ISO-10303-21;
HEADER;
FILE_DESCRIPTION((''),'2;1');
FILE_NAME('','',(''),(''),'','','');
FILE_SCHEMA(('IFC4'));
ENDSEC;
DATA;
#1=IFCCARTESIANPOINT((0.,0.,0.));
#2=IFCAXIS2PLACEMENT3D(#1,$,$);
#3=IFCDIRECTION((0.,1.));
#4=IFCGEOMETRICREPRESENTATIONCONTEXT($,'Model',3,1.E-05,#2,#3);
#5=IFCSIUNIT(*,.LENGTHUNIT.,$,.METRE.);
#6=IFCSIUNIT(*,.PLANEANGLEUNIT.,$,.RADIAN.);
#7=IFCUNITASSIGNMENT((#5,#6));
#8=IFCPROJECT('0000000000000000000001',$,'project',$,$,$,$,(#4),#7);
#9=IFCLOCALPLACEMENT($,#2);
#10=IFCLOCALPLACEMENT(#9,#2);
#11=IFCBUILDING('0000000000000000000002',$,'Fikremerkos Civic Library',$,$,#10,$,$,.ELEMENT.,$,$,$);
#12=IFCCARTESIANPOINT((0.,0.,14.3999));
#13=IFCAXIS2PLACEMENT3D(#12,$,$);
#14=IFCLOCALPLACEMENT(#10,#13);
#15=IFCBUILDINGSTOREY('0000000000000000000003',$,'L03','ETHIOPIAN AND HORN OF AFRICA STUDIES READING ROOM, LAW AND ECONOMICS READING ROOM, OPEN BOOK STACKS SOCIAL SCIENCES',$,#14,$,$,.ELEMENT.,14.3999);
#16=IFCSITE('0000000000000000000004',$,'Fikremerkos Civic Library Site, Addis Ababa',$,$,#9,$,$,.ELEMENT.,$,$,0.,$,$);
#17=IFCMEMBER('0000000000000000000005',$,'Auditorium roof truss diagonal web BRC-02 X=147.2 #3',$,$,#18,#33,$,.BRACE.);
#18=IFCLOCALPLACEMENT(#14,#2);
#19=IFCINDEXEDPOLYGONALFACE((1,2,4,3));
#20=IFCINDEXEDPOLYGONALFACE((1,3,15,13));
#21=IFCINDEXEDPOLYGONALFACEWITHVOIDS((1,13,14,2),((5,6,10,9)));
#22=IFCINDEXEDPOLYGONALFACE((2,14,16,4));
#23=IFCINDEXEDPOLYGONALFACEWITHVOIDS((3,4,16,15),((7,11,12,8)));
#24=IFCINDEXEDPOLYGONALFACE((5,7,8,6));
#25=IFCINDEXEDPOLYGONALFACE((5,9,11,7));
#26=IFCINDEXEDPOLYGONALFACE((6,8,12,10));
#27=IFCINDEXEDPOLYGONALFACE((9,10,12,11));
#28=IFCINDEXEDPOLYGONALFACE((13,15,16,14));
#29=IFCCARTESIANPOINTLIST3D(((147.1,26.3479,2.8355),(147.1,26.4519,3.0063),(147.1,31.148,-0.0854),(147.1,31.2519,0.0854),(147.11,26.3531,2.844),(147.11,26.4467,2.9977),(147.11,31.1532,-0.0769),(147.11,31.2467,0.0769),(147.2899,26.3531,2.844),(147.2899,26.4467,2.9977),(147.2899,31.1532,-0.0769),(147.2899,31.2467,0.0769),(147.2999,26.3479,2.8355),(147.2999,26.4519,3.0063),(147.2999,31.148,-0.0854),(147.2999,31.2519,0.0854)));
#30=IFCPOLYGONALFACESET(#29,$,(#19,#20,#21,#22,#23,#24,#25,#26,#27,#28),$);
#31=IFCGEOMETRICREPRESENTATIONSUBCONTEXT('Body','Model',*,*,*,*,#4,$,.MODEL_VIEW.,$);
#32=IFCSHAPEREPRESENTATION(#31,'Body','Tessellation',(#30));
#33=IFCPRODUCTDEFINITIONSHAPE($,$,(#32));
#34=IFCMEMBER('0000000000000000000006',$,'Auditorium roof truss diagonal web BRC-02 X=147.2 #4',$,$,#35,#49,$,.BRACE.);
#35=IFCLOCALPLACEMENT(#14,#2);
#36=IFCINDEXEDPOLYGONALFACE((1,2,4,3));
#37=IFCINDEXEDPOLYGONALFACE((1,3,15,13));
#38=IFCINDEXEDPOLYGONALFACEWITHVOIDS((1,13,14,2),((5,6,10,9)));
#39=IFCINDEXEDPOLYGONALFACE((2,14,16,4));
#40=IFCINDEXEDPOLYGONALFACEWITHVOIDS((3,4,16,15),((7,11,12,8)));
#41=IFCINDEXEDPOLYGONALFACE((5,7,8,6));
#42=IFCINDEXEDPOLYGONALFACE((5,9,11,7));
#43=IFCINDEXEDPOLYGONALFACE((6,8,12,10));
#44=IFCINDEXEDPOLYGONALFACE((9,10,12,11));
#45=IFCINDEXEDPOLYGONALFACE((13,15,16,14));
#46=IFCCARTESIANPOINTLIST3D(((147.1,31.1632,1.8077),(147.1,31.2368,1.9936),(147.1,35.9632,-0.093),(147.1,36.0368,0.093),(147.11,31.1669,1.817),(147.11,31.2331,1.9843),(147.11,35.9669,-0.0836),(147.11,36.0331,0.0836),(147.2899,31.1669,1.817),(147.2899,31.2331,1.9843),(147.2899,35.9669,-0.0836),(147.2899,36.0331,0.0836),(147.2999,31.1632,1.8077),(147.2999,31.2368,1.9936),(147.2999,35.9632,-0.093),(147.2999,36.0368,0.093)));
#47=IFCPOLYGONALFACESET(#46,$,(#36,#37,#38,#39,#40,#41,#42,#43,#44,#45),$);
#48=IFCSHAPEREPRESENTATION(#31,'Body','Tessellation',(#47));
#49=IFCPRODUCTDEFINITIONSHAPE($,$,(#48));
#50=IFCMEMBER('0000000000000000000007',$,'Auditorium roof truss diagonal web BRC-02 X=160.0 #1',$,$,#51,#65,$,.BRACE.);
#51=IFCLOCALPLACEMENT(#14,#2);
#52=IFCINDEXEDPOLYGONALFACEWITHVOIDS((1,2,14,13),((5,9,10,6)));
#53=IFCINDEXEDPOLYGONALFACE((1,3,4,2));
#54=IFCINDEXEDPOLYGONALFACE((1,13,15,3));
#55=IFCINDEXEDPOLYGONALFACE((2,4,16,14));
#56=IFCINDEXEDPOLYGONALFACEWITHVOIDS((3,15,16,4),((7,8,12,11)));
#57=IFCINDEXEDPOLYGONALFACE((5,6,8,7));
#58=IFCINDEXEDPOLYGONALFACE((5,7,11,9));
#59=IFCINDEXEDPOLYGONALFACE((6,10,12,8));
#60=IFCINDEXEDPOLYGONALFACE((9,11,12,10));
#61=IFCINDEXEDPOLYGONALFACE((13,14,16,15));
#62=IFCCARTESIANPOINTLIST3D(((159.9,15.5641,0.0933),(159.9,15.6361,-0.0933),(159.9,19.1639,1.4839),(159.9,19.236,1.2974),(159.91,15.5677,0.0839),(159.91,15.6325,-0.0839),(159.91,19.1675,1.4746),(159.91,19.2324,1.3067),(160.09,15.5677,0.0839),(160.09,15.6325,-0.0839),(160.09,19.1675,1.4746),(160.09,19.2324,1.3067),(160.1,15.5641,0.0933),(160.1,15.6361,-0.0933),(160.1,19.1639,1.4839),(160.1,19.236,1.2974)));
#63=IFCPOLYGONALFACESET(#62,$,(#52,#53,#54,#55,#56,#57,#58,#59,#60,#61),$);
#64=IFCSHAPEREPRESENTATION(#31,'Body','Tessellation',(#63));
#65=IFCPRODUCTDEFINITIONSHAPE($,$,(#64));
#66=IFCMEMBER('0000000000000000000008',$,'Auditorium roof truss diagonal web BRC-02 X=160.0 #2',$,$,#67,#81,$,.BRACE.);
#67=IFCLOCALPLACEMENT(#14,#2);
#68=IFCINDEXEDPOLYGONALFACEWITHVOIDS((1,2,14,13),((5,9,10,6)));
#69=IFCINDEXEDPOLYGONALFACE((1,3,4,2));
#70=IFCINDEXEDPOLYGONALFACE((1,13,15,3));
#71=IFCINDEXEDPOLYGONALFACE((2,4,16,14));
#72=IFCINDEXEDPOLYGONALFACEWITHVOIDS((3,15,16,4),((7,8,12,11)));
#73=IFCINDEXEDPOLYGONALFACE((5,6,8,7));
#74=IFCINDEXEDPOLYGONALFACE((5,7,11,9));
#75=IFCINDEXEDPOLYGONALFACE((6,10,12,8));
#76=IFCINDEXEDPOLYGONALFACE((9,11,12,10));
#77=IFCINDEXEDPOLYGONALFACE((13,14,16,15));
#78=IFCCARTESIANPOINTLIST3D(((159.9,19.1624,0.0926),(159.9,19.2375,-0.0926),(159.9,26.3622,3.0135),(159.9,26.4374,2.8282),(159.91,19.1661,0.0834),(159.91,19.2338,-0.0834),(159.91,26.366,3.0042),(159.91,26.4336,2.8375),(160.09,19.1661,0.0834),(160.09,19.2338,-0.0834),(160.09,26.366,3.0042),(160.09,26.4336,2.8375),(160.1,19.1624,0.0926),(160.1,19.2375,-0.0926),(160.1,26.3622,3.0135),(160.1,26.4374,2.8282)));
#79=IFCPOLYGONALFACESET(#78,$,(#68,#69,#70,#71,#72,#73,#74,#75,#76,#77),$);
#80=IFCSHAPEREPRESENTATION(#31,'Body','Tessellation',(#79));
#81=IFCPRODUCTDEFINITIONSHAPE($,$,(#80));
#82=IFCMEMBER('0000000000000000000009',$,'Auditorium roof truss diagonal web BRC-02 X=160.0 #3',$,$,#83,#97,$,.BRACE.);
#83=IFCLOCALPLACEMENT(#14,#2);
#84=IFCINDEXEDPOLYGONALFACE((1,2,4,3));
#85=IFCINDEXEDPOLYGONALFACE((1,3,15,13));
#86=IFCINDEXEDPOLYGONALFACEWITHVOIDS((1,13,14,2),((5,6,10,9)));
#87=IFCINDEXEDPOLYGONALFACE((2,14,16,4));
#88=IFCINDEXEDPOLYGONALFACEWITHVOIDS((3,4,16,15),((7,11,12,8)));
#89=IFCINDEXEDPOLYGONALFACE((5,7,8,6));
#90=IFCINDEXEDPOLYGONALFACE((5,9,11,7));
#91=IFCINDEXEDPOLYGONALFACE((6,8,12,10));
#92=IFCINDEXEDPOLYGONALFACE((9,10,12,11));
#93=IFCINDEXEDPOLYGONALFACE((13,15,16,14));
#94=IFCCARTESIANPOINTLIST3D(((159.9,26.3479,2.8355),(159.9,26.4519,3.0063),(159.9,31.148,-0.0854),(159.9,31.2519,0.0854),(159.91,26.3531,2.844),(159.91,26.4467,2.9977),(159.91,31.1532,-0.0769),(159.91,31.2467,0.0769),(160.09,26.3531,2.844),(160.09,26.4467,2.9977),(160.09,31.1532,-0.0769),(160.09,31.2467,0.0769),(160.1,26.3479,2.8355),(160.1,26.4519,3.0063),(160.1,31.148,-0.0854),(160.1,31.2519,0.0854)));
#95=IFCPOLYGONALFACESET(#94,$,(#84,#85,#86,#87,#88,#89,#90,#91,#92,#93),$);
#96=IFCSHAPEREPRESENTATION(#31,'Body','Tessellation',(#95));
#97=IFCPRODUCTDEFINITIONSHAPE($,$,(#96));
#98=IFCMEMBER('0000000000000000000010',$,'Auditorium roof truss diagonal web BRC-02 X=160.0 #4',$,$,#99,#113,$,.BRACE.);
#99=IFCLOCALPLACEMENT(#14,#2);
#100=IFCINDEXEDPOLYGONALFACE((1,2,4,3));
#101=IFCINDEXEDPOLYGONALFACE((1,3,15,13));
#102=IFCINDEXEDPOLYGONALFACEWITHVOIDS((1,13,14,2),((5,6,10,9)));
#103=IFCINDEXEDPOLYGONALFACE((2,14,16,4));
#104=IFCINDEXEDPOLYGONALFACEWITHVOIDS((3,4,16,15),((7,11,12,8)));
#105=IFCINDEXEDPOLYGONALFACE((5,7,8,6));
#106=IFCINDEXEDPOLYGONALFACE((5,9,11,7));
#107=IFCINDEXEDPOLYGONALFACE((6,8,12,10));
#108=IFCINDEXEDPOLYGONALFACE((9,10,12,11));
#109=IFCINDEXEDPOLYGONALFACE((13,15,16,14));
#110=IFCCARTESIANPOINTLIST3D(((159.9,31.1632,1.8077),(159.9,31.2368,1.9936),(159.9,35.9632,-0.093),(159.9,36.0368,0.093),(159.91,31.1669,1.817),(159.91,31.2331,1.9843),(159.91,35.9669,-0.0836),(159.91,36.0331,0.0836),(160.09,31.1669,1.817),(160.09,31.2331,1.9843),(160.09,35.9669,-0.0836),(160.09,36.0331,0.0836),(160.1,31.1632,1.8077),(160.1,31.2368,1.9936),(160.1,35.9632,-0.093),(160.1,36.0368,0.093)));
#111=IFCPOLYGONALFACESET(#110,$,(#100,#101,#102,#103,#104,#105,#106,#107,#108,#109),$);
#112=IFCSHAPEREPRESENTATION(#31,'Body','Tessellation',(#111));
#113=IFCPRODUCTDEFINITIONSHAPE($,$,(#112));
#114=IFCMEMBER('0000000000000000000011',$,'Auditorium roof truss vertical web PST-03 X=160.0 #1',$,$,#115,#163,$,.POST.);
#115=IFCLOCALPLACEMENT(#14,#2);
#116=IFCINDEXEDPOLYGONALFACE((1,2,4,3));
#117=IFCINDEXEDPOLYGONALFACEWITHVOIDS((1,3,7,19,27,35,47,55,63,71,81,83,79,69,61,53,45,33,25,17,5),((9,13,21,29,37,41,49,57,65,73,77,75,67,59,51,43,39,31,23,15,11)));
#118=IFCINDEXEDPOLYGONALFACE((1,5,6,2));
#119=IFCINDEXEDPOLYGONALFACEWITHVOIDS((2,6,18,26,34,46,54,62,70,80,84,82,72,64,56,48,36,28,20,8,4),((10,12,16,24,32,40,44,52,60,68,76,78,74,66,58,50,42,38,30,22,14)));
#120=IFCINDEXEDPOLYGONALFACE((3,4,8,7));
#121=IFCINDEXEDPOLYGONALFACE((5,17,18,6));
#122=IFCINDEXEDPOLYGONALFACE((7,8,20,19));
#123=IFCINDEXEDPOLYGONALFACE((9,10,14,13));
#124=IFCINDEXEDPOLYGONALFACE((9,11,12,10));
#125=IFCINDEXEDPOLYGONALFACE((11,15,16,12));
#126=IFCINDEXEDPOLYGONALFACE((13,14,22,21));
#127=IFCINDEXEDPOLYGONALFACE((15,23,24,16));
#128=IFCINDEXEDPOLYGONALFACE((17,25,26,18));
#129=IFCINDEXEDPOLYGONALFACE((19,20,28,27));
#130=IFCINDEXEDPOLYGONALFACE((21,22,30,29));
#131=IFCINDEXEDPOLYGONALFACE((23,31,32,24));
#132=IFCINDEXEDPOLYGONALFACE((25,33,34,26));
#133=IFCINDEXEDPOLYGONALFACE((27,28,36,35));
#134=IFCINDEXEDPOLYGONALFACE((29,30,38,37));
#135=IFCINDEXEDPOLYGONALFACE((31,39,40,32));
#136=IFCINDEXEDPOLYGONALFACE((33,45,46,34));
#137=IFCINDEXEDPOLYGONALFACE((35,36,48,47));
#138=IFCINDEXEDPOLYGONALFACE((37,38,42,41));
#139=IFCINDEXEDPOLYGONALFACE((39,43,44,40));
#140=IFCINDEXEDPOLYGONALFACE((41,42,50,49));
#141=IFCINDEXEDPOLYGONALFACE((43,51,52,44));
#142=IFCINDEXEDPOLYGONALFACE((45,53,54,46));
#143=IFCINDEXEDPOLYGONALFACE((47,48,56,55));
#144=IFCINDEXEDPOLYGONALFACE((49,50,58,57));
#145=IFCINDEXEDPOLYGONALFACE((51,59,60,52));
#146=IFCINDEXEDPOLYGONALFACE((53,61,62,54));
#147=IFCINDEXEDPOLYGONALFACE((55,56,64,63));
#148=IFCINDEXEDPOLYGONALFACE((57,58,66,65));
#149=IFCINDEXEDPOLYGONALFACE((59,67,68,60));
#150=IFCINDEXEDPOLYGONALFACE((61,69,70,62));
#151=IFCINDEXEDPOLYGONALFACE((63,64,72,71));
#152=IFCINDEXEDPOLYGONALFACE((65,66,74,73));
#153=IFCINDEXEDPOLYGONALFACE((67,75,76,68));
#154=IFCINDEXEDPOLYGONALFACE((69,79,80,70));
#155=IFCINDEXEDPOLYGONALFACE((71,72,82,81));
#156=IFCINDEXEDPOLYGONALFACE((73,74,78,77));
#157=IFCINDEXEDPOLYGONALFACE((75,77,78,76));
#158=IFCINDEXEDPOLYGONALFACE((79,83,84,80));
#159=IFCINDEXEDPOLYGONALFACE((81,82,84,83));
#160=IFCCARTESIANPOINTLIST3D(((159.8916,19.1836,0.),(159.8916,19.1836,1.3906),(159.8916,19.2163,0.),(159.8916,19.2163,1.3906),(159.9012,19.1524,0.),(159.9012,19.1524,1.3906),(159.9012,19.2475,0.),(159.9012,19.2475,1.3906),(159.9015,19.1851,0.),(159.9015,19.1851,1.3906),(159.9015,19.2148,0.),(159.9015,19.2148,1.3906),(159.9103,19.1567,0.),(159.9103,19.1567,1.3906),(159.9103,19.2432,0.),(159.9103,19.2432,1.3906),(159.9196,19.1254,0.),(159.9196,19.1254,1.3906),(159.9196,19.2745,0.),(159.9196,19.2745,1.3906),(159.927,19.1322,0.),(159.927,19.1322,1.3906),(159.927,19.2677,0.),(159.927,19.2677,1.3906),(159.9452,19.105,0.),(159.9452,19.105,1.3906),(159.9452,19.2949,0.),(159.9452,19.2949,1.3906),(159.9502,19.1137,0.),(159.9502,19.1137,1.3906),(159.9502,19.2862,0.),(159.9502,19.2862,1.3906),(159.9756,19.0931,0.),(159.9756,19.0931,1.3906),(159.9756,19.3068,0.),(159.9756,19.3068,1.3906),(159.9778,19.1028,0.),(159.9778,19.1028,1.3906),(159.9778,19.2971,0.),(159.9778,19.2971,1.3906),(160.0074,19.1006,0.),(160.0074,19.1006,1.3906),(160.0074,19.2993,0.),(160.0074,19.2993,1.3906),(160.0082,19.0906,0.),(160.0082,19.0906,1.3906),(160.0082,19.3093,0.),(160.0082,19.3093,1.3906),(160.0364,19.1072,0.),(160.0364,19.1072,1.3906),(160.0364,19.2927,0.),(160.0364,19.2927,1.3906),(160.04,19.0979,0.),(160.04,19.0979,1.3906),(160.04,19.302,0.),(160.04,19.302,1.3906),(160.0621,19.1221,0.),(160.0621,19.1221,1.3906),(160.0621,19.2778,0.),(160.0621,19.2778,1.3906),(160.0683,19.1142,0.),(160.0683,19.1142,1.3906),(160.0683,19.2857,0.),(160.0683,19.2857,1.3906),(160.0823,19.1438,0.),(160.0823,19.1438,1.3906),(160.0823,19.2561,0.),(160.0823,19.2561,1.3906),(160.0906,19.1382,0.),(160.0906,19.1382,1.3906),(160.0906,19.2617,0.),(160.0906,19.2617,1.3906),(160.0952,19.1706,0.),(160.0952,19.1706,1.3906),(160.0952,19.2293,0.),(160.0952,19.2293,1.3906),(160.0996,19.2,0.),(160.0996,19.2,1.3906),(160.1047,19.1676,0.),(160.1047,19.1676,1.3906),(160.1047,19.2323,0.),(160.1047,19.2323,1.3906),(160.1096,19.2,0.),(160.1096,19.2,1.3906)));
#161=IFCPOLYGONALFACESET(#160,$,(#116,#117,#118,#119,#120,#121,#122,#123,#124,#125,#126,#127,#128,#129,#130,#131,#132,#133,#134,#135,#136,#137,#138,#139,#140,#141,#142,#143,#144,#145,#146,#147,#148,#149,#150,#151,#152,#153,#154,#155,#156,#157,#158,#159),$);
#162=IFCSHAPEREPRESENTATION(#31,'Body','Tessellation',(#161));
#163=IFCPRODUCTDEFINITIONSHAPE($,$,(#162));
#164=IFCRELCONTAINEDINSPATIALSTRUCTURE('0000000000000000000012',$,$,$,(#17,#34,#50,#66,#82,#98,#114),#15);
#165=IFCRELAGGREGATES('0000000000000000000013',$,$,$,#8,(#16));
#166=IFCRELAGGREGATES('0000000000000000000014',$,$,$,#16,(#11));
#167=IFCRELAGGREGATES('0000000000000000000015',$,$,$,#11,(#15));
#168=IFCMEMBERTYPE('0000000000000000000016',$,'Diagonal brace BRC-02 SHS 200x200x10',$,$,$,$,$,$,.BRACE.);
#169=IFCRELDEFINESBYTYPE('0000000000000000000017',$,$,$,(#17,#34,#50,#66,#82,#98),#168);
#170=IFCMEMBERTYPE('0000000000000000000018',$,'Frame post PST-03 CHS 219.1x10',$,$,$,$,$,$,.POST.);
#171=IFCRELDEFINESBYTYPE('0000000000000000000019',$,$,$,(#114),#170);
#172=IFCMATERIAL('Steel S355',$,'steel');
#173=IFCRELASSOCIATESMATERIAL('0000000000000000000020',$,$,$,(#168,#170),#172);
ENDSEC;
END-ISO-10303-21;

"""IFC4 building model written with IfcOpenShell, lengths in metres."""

from ifc_helpers import new_model, si_unit, direction, frame, origin, origin_2d, place, context, subcontext, project, spatial, hollow_rectangle, hollow_circle, extrude, material, material_profile, profile_set, type_object, element, save


model = new_model("IFC4")

# Units and contexts
model_context = context("Model", 3, precision=1e-05, world=origin(), true_north=direction((0.0, 1.0)))
body_context = subcontext(model_context, "Body", "Model", "MODEL_VIEW")
ifc_project = project(units=[si_unit("LENGTHUNIT", "METRE"), si_unit("PLANEANGLEUNIT", "RADIAN")], contexts=[model_context])

# Site, building, storey
site_placement = place(None, origin())
site = spatial("IfcSite", under=ifc_project, at=site_placement, Name="Fikremerkos Civic Library Site, Addis Ababa", CompositionType="ELEMENT", RefElevation=0.0)
building_placement = place(site_placement, origin())
building = spatial("IfcBuilding", under=site, at=building_placement, Name="Fikremerkos Civic Library", CompositionType="ELEMENT")
storey_placement = place(building_placement, frame((0.0, 0.0, 14.3999)))
storey = spatial("IfcBuildingStorey", under=building, at=storey_placement, Name="L03", Description="ETHIOPIAN AND HORN OF AFRICA STUDIES READING ROOM, LAW AND ECONOMICS READING ROOM, OPEN BOOK STACKS SOCIAL SCIENCES", CompositionType="ELEMENT", Elevation=14.3999)

# Members
ifc_material_1 = material(Name="Steel S355", Category="steel")
ifc_material_profile_1 = material_profile(ifc_material_1, hollow_rectangle(XDim=0.2, YDim=0.2, WallThickness=0.01, at=origin_2d()), Name="SHS 200x200x10")
ifc_profile_set_1 = profile_set([ifc_material_profile_1], Name="Steel S355")
member_type_1 = type_object("IfcMemberType", Name="Diagonal brace BRC-02 SHS 200x200x10", PredefinedType="BRACE", material=ifc_profile_set_1)
member_1_placement = place(storey_placement, frame((147.2, 31.2, 0.0), z_axis=(0.0, -0.854267, 0.519834), x_axis=(1.0, 0.0, 0.0)))
element("IfcMember", 1, at=member_1_placement, inside=storey, type_object=member_type_1, Name="Auditorium roof truss diagonal web BRC-02 X=147.2 #3", PredefinedType="BRACE", context=body_context, shape_type="SweptSolid", body=[
    extrude(hollow_rectangle(XDim=0.2, YDim=0.2, WallThickness=0.01, at=origin_2d()), origin(), (0.0, 0.0, 1.0), 5.6189),
])
member_2_placement = place(storey_placement, frame((147.2, 36.0, 0.0), z_axis=(0.0, -0.929766, 0.368152), x_axis=(1.0, 0.0, 0.0)))
element("IfcMember", 2, at=member_2_placement, inside=storey, type_object=member_type_1, Name="Auditorium roof truss diagonal web BRC-02 X=147.2 #4", PredefinedType="BRACE", context=body_context, shape_type="SweptSolid", body=[
    extrude(hollow_rectangle(XDim=0.2, YDim=0.2, WallThickness=0.01, at=origin_2d()), origin(), (0.0, 0.0, 1.0), 5.1626),
])
member_3_placement = place(storey_placement, frame((160.0, 15.6001, 0.0), z_axis=(0.0, 0.932818, 0.360348), x_axis=(-1.0, 0.0, 0.0)))
element("IfcMember", 3, at=member_3_placement, inside=storey, type_object=member_type_1, Name="Auditorium roof truss diagonal web BRC-02 X=160.0 #1", PredefinedType="BRACE", context=body_context, shape_type="SweptSolid", body=[
    extrude(hollow_rectangle(XDim=0.2, YDim=0.2, WallThickness=0.01, at=origin_2d()), origin(), (0.0, 0.0, 1.0), 3.8591),
])
member_4_placement = place(storey_placement, frame((160.0, 19.2, 0.0), z_axis=(0.0, 0.92665, 0.375926), x_axis=(-1.0, 0.0, 0.0)))
element("IfcMember", 4, at=member_4_placement, inside=storey, type_object=member_type_1, Name="Auditorium roof truss diagonal web BRC-02 X=160.0 #2", PredefinedType="BRACE", context=body_context, shape_type="SweptSolid", body=[
    extrude(hollow_rectangle(XDim=0.2, YDim=0.2, WallThickness=0.01, at=origin_2d()), origin(), (0.0, 0.0, 1.0), 7.7698),
])
member_5_placement = place(storey_placement, frame((160.0, 31.2, 0.0), z_axis=(0.0, -0.854267, 0.519834), x_axis=(1.0, 0.0, 0.0)))
element("IfcMember", 5, at=member_5_placement, inside=storey, type_object=member_type_1, Name="Auditorium roof truss diagonal web BRC-02 X=160.0 #3", PredefinedType="BRACE", context=body_context, shape_type="SweptSolid", body=[
    extrude(hollow_rectangle(XDim=0.2, YDim=0.2, WallThickness=0.01, at=origin_2d()), origin(), (0.0, 0.0, 1.0), 5.6189),
])
member_6_placement = place(storey_placement, frame((160.0, 36.0, 0.0), z_axis=(0.0, -0.929766, 0.368152), x_axis=(1.0, 0.0, 0.0)))
element("IfcMember", 6, at=member_6_placement, inside=storey, type_object=member_type_1, Name="Auditorium roof truss diagonal web BRC-02 X=160.0 #4", PredefinedType="BRACE", context=body_context, shape_type="SweptSolid", body=[
    extrude(hollow_rectangle(XDim=0.2, YDim=0.2, WallThickness=0.01, at=origin_2d()), origin(), (0.0, 0.0, 1.0), 5.1626),
])
ifc_material_profile_2 = material_profile(ifc_material_1, hollow_circle(Radius=0.1096, WallThickness=0.01, at=origin_2d()), Name="CHS 219.1x10")
ifc_profile_set_2 = profile_set([ifc_material_profile_2], Name="Steel S355")
member_type_2 = type_object("IfcMemberType", Name="Frame post PST-03 CHS 219.1x10", PredefinedType="POST", material=ifc_profile_set_2)
member_7_placement = place(storey_placement, frame((160.0, 19.2, 0.0), z_axis=(0.0, 0.0, 1.0), x_axis=(1.0, 0.0, 0.0)))
element("IfcMember", 7, at=member_7_placement, inside=storey, type_object=member_type_2, Name="Auditorium roof truss vertical web PST-03 X=160.0 #1", PredefinedType="POST", context=body_context, shape_type="SweptSolid", body=[
    extrude(hollow_circle(Radius=0.1096, WallThickness=0.01, at=origin_2d()), origin(), (0.0, 0.0, 1.0), 1.3906),
])

save(model, "model.ifc")
